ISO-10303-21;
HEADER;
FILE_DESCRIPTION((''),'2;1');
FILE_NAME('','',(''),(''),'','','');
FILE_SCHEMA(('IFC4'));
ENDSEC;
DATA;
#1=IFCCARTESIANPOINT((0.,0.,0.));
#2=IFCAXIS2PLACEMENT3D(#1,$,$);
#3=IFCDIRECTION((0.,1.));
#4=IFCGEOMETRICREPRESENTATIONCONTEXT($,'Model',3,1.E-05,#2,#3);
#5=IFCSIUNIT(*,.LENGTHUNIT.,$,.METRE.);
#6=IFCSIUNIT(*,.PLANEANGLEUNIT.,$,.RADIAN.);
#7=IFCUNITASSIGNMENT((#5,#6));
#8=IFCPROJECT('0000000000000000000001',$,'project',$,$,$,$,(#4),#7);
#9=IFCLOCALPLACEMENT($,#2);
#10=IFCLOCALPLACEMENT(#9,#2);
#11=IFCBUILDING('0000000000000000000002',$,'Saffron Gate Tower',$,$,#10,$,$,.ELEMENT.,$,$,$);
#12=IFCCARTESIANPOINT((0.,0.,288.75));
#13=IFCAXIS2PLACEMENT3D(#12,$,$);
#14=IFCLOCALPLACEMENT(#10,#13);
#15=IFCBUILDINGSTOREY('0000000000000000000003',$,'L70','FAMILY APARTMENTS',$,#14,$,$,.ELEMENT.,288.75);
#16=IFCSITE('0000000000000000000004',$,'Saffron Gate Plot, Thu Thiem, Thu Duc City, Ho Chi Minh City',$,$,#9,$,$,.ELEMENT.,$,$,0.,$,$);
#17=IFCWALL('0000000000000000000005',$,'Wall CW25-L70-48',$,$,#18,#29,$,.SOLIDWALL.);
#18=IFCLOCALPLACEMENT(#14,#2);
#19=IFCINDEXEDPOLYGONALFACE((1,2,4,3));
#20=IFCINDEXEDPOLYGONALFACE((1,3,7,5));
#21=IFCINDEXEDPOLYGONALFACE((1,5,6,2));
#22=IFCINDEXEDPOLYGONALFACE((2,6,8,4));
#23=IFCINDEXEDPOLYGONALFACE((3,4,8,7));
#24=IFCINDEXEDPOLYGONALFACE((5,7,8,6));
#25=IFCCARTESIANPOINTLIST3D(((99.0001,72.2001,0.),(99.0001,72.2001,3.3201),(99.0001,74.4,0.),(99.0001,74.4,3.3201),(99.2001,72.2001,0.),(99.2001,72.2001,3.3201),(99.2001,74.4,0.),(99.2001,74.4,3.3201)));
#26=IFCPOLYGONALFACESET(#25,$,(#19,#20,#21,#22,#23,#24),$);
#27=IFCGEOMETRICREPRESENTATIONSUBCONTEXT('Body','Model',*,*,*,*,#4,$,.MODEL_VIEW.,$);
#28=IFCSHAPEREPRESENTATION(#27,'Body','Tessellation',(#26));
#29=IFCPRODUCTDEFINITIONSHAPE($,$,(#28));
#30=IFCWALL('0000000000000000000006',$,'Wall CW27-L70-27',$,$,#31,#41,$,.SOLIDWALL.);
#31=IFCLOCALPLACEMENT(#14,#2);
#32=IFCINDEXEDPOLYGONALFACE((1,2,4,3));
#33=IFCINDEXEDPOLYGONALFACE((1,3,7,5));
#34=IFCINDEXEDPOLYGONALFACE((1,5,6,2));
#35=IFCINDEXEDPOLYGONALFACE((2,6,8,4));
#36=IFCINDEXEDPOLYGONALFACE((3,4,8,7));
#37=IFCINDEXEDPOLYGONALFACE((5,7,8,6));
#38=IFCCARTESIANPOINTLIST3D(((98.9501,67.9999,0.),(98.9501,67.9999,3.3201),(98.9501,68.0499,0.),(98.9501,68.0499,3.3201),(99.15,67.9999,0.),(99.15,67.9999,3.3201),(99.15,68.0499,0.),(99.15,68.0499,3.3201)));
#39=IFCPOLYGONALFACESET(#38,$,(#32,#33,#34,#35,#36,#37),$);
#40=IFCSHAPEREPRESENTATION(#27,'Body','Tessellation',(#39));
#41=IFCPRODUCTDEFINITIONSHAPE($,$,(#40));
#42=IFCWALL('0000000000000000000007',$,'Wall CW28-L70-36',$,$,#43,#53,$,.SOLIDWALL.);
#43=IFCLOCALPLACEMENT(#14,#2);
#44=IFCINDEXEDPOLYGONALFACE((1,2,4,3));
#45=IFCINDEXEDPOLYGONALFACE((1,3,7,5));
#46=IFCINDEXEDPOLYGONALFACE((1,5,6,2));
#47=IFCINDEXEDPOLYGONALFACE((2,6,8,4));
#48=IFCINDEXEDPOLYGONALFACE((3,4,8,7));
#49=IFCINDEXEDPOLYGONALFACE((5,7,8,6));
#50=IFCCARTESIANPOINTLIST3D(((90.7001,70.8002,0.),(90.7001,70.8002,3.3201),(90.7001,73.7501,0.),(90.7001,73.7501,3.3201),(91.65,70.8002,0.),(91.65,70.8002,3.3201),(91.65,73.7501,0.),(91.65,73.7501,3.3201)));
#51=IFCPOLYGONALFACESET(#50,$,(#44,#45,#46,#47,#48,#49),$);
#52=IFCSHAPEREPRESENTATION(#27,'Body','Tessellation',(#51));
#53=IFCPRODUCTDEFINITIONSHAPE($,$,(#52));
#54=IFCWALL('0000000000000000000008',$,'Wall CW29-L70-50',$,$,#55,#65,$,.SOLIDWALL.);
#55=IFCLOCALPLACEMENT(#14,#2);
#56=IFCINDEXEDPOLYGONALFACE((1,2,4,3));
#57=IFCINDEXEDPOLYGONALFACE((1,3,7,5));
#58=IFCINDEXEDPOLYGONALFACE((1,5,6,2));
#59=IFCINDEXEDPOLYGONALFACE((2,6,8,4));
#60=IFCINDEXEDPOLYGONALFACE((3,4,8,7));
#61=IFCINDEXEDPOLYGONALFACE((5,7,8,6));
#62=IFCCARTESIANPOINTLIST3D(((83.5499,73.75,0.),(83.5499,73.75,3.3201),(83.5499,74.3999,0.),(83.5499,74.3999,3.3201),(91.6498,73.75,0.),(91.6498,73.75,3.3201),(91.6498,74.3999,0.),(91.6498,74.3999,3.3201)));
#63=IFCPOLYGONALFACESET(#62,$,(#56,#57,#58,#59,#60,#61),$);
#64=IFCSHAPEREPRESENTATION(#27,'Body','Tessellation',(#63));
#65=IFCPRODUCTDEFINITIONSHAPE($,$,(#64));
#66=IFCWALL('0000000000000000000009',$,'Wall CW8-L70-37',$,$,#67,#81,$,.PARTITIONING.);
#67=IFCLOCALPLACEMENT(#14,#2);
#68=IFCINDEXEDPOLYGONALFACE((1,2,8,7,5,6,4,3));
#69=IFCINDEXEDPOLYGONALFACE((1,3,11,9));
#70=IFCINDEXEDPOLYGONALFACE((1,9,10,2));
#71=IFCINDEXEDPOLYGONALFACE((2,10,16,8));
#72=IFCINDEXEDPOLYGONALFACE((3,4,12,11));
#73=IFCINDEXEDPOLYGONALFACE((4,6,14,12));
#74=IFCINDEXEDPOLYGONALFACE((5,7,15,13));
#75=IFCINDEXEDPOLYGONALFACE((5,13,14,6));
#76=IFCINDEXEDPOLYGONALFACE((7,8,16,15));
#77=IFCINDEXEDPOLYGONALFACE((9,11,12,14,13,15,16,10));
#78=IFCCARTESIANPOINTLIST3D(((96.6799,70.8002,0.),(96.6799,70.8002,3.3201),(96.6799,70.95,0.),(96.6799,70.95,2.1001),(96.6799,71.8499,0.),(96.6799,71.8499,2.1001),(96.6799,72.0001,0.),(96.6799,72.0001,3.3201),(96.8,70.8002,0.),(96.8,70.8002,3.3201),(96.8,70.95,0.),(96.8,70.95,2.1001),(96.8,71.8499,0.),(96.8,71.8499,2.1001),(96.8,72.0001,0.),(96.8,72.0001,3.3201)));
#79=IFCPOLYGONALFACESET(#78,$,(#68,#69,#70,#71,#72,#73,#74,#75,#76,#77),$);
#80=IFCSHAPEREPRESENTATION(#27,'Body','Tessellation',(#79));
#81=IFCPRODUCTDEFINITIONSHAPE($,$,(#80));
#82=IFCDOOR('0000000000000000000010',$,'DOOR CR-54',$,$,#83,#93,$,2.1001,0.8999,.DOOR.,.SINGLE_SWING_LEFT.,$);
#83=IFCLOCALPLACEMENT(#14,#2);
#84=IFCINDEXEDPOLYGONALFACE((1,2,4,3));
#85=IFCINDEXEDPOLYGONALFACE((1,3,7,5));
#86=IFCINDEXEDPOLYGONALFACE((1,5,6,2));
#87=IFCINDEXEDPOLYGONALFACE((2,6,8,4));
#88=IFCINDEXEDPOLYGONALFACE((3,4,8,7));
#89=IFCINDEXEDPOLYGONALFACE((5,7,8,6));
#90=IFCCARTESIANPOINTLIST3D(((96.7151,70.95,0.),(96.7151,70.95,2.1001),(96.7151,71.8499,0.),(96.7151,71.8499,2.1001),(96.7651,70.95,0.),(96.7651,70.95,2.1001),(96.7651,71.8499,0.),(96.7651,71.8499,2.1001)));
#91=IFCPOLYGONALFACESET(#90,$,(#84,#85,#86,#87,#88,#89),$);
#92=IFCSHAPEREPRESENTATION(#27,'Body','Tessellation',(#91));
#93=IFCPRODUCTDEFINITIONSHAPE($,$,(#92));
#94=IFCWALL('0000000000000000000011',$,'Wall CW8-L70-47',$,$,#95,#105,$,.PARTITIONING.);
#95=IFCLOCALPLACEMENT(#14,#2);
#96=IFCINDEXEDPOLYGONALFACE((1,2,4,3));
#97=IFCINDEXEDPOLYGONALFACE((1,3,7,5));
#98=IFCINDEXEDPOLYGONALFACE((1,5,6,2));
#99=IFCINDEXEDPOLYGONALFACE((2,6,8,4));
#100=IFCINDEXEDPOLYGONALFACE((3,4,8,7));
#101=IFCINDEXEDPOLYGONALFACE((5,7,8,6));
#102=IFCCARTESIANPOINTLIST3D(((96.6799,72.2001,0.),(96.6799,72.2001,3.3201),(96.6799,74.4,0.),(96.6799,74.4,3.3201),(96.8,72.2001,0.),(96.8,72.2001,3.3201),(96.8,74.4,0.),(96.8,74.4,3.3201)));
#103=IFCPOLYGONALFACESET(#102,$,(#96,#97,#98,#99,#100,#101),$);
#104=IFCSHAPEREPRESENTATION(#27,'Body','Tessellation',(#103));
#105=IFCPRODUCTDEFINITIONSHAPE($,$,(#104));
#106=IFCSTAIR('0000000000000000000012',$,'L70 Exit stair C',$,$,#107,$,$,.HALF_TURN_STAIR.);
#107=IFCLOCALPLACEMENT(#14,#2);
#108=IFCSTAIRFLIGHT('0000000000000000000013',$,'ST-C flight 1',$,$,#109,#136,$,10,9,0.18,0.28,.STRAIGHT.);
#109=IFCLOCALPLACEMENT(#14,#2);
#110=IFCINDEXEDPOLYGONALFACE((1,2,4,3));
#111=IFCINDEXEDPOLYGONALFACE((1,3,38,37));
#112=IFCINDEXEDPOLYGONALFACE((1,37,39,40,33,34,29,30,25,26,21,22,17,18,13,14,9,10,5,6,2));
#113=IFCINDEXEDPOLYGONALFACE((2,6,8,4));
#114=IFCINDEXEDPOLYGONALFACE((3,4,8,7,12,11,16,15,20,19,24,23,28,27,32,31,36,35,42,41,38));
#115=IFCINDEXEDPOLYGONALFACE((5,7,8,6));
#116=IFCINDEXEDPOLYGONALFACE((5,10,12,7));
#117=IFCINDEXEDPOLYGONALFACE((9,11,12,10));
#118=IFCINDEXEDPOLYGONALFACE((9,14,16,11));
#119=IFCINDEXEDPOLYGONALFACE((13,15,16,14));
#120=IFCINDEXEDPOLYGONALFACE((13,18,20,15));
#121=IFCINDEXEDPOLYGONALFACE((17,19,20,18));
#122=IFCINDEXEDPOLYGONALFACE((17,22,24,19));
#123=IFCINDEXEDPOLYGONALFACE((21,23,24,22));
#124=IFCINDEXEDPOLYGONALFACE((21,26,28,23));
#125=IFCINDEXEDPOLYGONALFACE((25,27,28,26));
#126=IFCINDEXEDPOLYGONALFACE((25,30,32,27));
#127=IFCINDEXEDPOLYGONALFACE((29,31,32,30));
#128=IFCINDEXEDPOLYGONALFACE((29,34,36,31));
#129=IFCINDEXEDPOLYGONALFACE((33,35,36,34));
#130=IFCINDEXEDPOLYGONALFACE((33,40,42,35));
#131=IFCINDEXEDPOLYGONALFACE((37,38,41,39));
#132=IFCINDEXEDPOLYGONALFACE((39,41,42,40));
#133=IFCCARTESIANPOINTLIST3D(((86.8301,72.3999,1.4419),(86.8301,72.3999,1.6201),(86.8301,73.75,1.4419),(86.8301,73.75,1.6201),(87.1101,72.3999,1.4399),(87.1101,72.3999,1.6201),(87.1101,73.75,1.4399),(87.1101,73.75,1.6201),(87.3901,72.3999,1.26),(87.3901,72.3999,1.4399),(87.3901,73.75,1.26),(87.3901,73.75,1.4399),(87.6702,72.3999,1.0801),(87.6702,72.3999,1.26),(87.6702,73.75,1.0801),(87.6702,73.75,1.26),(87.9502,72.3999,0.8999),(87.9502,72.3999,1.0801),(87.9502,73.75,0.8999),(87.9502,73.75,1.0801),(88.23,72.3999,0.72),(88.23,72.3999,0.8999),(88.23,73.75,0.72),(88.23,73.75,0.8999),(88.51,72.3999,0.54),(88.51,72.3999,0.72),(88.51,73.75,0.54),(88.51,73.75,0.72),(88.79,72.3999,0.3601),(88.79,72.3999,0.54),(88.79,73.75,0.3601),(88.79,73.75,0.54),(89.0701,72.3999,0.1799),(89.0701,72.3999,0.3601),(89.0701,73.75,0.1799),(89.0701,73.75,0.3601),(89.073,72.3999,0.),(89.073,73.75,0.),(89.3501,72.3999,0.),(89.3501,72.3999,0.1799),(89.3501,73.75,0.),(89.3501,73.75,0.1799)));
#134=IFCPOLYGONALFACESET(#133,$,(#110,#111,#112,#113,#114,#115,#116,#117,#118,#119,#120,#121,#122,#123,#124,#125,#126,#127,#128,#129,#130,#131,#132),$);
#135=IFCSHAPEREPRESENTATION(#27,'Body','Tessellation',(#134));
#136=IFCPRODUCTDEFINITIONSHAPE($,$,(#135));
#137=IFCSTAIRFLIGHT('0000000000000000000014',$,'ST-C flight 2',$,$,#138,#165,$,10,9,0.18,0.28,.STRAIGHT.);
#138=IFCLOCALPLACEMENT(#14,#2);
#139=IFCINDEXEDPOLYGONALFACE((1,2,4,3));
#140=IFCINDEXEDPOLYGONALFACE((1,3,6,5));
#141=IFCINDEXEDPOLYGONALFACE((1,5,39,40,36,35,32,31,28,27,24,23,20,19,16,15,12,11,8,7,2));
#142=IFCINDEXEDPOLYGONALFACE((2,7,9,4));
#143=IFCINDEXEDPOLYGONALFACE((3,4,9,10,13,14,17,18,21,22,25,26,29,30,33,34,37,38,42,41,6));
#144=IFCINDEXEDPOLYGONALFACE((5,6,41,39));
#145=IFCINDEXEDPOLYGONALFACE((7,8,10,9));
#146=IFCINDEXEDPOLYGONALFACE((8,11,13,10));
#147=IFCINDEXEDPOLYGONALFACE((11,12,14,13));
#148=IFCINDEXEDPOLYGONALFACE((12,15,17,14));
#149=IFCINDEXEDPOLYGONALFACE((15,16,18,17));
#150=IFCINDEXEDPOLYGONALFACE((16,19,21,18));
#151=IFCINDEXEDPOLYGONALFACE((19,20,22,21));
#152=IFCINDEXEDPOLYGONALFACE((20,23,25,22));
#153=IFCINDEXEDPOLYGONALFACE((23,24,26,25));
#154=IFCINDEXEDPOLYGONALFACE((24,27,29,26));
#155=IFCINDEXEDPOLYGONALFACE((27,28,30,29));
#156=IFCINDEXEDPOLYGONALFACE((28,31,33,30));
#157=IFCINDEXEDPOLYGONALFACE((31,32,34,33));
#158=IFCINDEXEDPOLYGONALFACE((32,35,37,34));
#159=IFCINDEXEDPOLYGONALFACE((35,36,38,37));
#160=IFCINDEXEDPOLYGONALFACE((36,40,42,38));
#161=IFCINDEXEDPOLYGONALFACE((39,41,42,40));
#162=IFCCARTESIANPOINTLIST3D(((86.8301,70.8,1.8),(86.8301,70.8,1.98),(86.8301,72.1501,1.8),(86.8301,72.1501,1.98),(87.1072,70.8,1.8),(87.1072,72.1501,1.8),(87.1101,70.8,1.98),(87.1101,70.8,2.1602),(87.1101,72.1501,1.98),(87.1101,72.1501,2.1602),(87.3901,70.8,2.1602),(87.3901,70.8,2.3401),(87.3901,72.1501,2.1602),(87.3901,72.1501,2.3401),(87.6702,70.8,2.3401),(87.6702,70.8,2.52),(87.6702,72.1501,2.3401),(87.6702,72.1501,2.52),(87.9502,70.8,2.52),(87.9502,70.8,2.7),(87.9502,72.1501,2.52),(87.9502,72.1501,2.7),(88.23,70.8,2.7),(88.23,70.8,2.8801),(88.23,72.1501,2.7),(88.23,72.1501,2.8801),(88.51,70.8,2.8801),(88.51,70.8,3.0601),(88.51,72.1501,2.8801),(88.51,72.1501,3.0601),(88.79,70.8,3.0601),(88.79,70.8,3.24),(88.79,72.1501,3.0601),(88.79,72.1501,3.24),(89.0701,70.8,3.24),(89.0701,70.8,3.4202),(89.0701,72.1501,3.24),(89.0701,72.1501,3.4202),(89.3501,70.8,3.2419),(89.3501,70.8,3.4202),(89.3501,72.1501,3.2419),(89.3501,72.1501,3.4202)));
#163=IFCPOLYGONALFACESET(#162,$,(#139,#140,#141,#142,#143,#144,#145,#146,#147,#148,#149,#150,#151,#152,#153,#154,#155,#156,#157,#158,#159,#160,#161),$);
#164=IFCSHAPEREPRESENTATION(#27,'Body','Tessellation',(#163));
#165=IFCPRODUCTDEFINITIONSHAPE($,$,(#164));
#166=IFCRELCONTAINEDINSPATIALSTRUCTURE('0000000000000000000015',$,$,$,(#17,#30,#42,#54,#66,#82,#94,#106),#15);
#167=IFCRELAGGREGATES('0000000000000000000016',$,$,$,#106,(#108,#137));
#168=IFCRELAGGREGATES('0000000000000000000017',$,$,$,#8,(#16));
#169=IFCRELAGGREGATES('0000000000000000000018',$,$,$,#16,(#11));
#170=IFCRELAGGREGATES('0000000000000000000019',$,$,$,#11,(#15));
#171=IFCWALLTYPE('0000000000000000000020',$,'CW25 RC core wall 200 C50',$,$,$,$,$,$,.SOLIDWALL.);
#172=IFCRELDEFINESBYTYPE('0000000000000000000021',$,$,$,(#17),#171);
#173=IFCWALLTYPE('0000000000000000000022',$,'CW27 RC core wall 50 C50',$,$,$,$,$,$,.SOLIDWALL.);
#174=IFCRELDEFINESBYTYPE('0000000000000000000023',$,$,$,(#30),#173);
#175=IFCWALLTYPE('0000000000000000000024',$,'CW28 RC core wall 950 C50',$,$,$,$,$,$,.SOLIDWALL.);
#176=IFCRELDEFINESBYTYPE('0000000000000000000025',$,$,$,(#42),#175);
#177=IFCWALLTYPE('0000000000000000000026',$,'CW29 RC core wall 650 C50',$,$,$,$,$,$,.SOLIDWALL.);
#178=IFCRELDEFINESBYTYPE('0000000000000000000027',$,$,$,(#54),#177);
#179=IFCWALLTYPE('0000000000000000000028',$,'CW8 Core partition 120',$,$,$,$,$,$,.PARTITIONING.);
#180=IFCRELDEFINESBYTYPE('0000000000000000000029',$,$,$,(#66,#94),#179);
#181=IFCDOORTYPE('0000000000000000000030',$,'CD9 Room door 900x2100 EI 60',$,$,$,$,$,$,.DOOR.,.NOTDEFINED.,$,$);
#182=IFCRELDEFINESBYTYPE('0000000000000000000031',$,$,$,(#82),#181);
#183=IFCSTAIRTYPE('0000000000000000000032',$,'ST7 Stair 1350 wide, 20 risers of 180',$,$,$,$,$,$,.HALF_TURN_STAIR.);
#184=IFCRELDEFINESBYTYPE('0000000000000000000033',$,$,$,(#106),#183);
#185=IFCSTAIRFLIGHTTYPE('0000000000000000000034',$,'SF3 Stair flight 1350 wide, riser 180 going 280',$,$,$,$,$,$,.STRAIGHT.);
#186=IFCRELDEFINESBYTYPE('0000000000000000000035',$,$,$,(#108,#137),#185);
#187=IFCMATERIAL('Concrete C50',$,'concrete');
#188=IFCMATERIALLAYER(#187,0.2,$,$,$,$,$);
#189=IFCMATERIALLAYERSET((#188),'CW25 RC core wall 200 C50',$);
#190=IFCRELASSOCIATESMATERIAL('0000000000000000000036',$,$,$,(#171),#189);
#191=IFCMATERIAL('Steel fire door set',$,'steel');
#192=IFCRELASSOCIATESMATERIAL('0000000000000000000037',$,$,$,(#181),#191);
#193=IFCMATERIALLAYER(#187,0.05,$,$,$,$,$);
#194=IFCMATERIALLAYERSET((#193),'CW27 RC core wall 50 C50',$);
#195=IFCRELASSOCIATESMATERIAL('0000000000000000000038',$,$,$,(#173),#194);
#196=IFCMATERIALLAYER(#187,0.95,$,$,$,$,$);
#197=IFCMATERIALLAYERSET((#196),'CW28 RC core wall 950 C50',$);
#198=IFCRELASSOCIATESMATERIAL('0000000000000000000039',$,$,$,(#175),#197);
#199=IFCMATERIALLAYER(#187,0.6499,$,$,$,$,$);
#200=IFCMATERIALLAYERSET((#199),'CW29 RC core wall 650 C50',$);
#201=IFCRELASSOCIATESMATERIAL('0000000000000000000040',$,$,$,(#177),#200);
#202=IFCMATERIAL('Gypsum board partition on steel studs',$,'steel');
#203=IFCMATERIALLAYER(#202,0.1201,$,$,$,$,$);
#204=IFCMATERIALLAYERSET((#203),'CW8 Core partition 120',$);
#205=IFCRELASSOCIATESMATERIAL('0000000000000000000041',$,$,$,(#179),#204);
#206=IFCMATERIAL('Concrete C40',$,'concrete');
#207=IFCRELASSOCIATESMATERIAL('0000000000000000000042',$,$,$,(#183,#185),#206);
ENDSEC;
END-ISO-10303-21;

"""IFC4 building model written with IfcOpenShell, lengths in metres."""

from ifc_helpers import new_model, si_unit, direction, frame, frame_2d, origin, place, context, subcontext, project, spatial, polyline, rectangle, outline, extrude, material, layer, layer_set, type_object, element, fill, aggregate, save


model = new_model("IFC4")

# Units and contexts
model_context = context("Model", 3, precision=1e-05, world=origin(), true_north=direction((0.0, 1.0)))
body_context = subcontext(model_context, "Body", "Model", "MODEL_VIEW")
ifc_project = project(units=[si_unit("LENGTHUNIT", "METRE"), si_unit("PLANEANGLEUNIT", "RADIAN")], contexts=[model_context])

# Site, building, storey
site_placement = place(None, origin())
site = spatial("IfcSite", under=ifc_project, at=site_placement, Name="Saffron Gate Plot, Thu Thiem, Thu Duc City, Ho Chi Minh City", CompositionType="ELEMENT", RefElevation=0.0)
building_placement = place(site_placement, origin())
building = spatial("IfcBuilding", under=site, at=building_placement, Name="Saffron Gate Tower", CompositionType="ELEMENT")
storey_placement = place(building_placement, frame((0.0, 0.0, 288.75)))
storey = spatial("IfcBuildingStorey", under=building, at=storey_placement, Name="L70", Description="FAMILY APARTMENTS", CompositionType="ELEMENT", Elevation=288.75)

# Shared definitions
ifc_material_1 = material(Name="Concrete C50", Category="concrete")
ifc_material_2 = material(Name="Steel fire door set", Category="steel")

# Shared definitions
ifc_layer_1 = layer(ifc_material_1, 0.2)
ifc_layer_set_1 = layer_set([ifc_layer_1], Name="CW25 RC core wall 200 C50")
wall_type_1 = type_object("IfcWallType", Name="CW25 RC core wall 200 C50", PredefinedType="SOLIDWALL", material=ifc_layer_set_1)

# Shared definitions
door_type_1 = type_object("IfcDoorType", Name="CD9 Room door 900x2100 EI 60", OperationType="NOTDEFINED", PredefinedType="DOOR", material=ifc_material_2)

# Walls
wall_1_placement = place(storey_placement, frame((99.1001, 72.2, 0.0), z_axis=(0.0, 0.0, 1.0), x_axis=(0.0, 1.0, 0.0)))
element("IfcWall", 1, at=wall_1_placement, inside=storey, type_object=wall_type_1, Name="Wall CW25-L70-48", PredefinedType="SOLIDWALL", context=body_context, shape_type="SweptSolid", body=[
    extrude(rectangle(XDim=2.2, YDim=0.2, at=frame_2d((1.1001, 0.0))), origin(), (0.0, 0.0, 1.0), 3.3201),
])
ifc_layer_2 = layer(ifc_material_1, 0.05)
ifc_layer_set_2 = layer_set([ifc_layer_2], Name="CW27 RC core wall 50 C50")
wall_type_2 = type_object("IfcWallType", Name="CW27 RC core wall 50 C50", PredefinedType="SOLIDWALL", material=ifc_layer_set_2)
wall_2_placement = place(storey_placement, frame((98.95, 68.0249, 0.0), z_axis=(0.0, 0.0, 1.0), x_axis=(1.0, 0.0, 0.0)))
element("IfcWall", 2, at=wall_2_placement, inside=storey, type_object=wall_type_2, Name="Wall CW27-L70-27", PredefinedType="SOLIDWALL", context=body_context, shape_type="SweptSolid", body=[
    extrude(rectangle(XDim=0.2, YDim=0.05, at=frame_2d((0.1001, 0.0))), origin(), (0.0, 0.0, 1.0), 3.3201),
])
ifc_layer_3 = layer(ifc_material_1, 0.95)
ifc_layer_set_3 = layer_set([ifc_layer_3], Name="CW28 RC core wall 950 C50")
wall_type_3 = type_object("IfcWallType", Name="CW28 RC core wall 950 C50", PredefinedType="SOLIDWALL", material=ifc_layer_set_3)
wall_3_placement = place(storey_placement, frame((91.175, 70.8, 0.0), z_axis=(0.0, 0.0, 1.0), x_axis=(0.0, 1.0, 0.0)))
element("IfcWall", 3, at=wall_3_placement, inside=storey, type_object=wall_type_3, Name="Wall CW28-L70-36", PredefinedType="SOLIDWALL", context=body_context, shape_type="SweptSolid", body=[
    extrude(rectangle(XDim=2.95, YDim=0.95, at=frame_2d((1.4751, 0.0))), origin(), (0.0, 0.0, 1.0), 3.3201),
])
ifc_layer_4 = layer(ifc_material_1, 0.6499)
ifc_layer_set_4 = layer_set([ifc_layer_4], Name="CW29 RC core wall 650 C50")
wall_type_4 = type_object("IfcWallType", Name="CW29 RC core wall 650 C50", PredefinedType="SOLIDWALL", material=ifc_layer_set_4)
wall_4_placement = place(storey_placement, frame((83.55, 74.075, 0.0), z_axis=(0.0, 0.0, 1.0), x_axis=(1.0, 0.0, 0.0)))
element("IfcWall", 4, at=wall_4_placement, inside=storey, type_object=wall_type_4, Name="Wall CW29-L70-50", PredefinedType="SOLIDWALL", context=body_context, shape_type="SweptSolid", body=[
    extrude(rectangle(XDim=8.0999, YDim=0.6499, at=frame_2d((4.0498, 0.0))), origin(), (0.0, 0.0, 1.0), 3.3201),
])

# Wall, opening, door
ifc_material_3 = material(Name="Gypsum board partition on steel studs", Category="steel")
ifc_layer_5 = layer(ifc_material_3, 0.1201)
ifc_layer_set_5 = layer_set([ifc_layer_5], Name="CW8 Core partition 120")
wall_type_5 = type_object("IfcWallType", Name="CW8 Core partition 120", PredefinedType="PARTITIONING", material=ifc_layer_set_5)
wall_5_placement = place(storey_placement, frame((96.74, 70.8, 0.0), z_axis=(0.0, 0.0, 1.0), x_axis=(0.0, 1.0, 0.0)))
wall_5 = element("IfcWall", 5, at=wall_5_placement, inside=storey, type_object=wall_type_5, Name="Wall CW8-L70-37", PredefinedType="PARTITIONING", context=body_context, shape_type="SweptSolid", body=[
    extrude(rectangle(XDim=1.2, YDim=0.1201, at=frame_2d((0.6001, 0.0))), origin(), (0.0, 0.0, 1.0), 3.3201),
])
opening_1_placement = place(wall_5_placement, frame((0.1499, 0.0, 0.0)))
opening_1 = element("IfcOpeningElement", 6, at=opening_1_placement, cuts=wall_5, PredefinedType="OPENING", context=body_context, shape_type="SweptSolid", body=[
    extrude(rectangle(XDim=0.8999, YDim=2.1001, at=frame_2d((0.45, 1.05))), frame((0.0, 0.0701, 0.0), z_axis=(0.0, -1.0, 0.0), x_axis=(1.0, 0.0, 0.0)), (0.0, 0.0, 1.0), 0.1401),
])
door_1_placement = place(opening_1_placement, origin())
door_1 = element("IfcDoor", 7, at=door_1_placement, inside=storey, type_object=door_type_1, Name="DOOR CR-54", OperationType="SINGLE_SWING_LEFT", OverallHeight=2.1001, OverallWidth=0.8999, PredefinedType="DOOR", context=body_context, shape_type="SweptSolid", body=[
    extrude(rectangle(XDim=0.8999, YDim=2.1001, at=frame_2d((0.45, 1.05))), frame((0.0, 0.0249, 0.0), z_axis=(0.0, -1.0, 0.0), x_axis=(1.0, 0.0, 0.0)), (0.0, 0.0, 1.0), 0.05),
])
fill(opening_1, door_1)

# Wall
wall_6_placement = place(storey_placement, frame((96.74, 72.2, 0.0), z_axis=(0.0, 0.0, 1.0), x_axis=(0.0, 1.0, 0.0)))
element("IfcWall", 8, at=wall_6_placement, inside=storey, type_object=wall_type_5, Name="Wall CW8-L70-47", PredefinedType="PARTITIONING", context=body_context, shape_type="SweptSolid", body=[
    extrude(rectangle(XDim=2.2, YDim=0.1201, at=frame_2d((1.1001, 0.0))), origin(), (0.0, 0.0, 1.0), 3.3201),
])

# Stair, stair flights
ifc_material_4 = material(Name="Concrete C40", Category="concrete")
stair_type = type_object("IfcStairType", Name="ST7 Stair 1350 wide, 20 risers of 180", PredefinedType="HALF_TURN_STAIR", material=ifc_material_4)
stair_placement = place(storey_placement, origin())
stair = element("IfcStair", 9, at=stair_placement, inside=storey, type_object=stair_type, Name="L70 Exit stair C", PredefinedType="HALF_TURN_STAIR")
stair_flight_type = type_object("IfcStairFlightType", Name="SF3 Stair flight 1350 wide, riser 180 going 280", PredefinedType="STRAIGHT", material=ifc_material_4)
stair_flight_1_placement = place(storey_placement, frame((89.3501, 73.075, 0.0), z_axis=(0.0, 0.0, 1.0), x_axis=(-1.0, 0.0, 0.0)))
stair_flight_1 = element("IfcStairFlight", 10, at=stair_flight_1_placement, type_object=stair_flight_type, Name="ST-C flight 1", NumberOfRisers=10, NumberOfTreads=9, PredefinedType="STRAIGHT", RiserHeight=0.18, TreadLength=0.28, context=body_context, shape_type="SweptSolid", body=[
    extrude(outline(polyline([(0.0, 0.0), (0.0, 0.1799), (0.28, 0.1799), (0.28, 0.3601), (0.5601, 0.3601), (0.5601, 0.54), (0.8401, 0.54), (0.8401, 0.72), (1.1201, 0.72), (1.1201, 0.8999), (1.3999, 0.8999), (1.3999, 1.0801), (1.6799, 1.0801), (1.6799, 1.26), (1.96, 1.26), (1.96, 1.4399), (2.24, 1.4399), (2.24, 1.6201), (2.52, 1.6201), (2.52, 1.8), (2.52, 1.4419), (0.2771, 0.0), (0.0, 0.0)])), frame((0.0, 0.675, 0.0), z_axis=(0.0, -1.0, 0.0), x_axis=(1.0, 0.0, 0.0)), (0.0, 0.0, 1.0), 1.3501),
])
stair_flight_2_placement = place(storey_placement, frame((86.8301, 71.4751, 1.8), z_axis=(0.0, 0.0, 1.0), x_axis=(1.0, 0.0, 0.0)))
stair_flight_2 = element("IfcStairFlight", 11, at=stair_flight_2_placement, type_object=stair_flight_type, Name="ST-C flight 2", NumberOfRisers=10, NumberOfTreads=9, PredefinedType="STRAIGHT", RiserHeight=0.18, TreadLength=0.28, context=body_context, shape_type="SweptSolid", body=[
    extrude(outline(polyline([(0.0, 0.0), (0.0, 0.1799), (0.28, 0.1799), (0.28, 0.3601), (0.5601, 0.3601), (0.5601, 0.54), (0.8401, 0.54), (0.8401, 0.72), (1.1201, 0.72), (1.1201, 0.8999), (1.3999, 0.8999), (1.3999, 1.0801), (1.6799, 1.0801), (1.6799, 1.26), (1.96, 1.26), (1.96, 1.4399), (2.24, 1.4399), (2.24, 1.6201), (2.52, 1.6201), (2.52, 1.8), (2.52, 1.4419), (0.2771, 0.0), (0.0, 0.0)])), frame((0.0, 0.675, 0.0), z_axis=(0.0, -1.0, 0.0), x_axis=(1.0, 0.0, 0.0)), (0.0, 0.0, 1.0), 1.3501),
])
aggregate(stair, [stair_flight_1, stair_flight_2])

save(model, "model.ifc")
